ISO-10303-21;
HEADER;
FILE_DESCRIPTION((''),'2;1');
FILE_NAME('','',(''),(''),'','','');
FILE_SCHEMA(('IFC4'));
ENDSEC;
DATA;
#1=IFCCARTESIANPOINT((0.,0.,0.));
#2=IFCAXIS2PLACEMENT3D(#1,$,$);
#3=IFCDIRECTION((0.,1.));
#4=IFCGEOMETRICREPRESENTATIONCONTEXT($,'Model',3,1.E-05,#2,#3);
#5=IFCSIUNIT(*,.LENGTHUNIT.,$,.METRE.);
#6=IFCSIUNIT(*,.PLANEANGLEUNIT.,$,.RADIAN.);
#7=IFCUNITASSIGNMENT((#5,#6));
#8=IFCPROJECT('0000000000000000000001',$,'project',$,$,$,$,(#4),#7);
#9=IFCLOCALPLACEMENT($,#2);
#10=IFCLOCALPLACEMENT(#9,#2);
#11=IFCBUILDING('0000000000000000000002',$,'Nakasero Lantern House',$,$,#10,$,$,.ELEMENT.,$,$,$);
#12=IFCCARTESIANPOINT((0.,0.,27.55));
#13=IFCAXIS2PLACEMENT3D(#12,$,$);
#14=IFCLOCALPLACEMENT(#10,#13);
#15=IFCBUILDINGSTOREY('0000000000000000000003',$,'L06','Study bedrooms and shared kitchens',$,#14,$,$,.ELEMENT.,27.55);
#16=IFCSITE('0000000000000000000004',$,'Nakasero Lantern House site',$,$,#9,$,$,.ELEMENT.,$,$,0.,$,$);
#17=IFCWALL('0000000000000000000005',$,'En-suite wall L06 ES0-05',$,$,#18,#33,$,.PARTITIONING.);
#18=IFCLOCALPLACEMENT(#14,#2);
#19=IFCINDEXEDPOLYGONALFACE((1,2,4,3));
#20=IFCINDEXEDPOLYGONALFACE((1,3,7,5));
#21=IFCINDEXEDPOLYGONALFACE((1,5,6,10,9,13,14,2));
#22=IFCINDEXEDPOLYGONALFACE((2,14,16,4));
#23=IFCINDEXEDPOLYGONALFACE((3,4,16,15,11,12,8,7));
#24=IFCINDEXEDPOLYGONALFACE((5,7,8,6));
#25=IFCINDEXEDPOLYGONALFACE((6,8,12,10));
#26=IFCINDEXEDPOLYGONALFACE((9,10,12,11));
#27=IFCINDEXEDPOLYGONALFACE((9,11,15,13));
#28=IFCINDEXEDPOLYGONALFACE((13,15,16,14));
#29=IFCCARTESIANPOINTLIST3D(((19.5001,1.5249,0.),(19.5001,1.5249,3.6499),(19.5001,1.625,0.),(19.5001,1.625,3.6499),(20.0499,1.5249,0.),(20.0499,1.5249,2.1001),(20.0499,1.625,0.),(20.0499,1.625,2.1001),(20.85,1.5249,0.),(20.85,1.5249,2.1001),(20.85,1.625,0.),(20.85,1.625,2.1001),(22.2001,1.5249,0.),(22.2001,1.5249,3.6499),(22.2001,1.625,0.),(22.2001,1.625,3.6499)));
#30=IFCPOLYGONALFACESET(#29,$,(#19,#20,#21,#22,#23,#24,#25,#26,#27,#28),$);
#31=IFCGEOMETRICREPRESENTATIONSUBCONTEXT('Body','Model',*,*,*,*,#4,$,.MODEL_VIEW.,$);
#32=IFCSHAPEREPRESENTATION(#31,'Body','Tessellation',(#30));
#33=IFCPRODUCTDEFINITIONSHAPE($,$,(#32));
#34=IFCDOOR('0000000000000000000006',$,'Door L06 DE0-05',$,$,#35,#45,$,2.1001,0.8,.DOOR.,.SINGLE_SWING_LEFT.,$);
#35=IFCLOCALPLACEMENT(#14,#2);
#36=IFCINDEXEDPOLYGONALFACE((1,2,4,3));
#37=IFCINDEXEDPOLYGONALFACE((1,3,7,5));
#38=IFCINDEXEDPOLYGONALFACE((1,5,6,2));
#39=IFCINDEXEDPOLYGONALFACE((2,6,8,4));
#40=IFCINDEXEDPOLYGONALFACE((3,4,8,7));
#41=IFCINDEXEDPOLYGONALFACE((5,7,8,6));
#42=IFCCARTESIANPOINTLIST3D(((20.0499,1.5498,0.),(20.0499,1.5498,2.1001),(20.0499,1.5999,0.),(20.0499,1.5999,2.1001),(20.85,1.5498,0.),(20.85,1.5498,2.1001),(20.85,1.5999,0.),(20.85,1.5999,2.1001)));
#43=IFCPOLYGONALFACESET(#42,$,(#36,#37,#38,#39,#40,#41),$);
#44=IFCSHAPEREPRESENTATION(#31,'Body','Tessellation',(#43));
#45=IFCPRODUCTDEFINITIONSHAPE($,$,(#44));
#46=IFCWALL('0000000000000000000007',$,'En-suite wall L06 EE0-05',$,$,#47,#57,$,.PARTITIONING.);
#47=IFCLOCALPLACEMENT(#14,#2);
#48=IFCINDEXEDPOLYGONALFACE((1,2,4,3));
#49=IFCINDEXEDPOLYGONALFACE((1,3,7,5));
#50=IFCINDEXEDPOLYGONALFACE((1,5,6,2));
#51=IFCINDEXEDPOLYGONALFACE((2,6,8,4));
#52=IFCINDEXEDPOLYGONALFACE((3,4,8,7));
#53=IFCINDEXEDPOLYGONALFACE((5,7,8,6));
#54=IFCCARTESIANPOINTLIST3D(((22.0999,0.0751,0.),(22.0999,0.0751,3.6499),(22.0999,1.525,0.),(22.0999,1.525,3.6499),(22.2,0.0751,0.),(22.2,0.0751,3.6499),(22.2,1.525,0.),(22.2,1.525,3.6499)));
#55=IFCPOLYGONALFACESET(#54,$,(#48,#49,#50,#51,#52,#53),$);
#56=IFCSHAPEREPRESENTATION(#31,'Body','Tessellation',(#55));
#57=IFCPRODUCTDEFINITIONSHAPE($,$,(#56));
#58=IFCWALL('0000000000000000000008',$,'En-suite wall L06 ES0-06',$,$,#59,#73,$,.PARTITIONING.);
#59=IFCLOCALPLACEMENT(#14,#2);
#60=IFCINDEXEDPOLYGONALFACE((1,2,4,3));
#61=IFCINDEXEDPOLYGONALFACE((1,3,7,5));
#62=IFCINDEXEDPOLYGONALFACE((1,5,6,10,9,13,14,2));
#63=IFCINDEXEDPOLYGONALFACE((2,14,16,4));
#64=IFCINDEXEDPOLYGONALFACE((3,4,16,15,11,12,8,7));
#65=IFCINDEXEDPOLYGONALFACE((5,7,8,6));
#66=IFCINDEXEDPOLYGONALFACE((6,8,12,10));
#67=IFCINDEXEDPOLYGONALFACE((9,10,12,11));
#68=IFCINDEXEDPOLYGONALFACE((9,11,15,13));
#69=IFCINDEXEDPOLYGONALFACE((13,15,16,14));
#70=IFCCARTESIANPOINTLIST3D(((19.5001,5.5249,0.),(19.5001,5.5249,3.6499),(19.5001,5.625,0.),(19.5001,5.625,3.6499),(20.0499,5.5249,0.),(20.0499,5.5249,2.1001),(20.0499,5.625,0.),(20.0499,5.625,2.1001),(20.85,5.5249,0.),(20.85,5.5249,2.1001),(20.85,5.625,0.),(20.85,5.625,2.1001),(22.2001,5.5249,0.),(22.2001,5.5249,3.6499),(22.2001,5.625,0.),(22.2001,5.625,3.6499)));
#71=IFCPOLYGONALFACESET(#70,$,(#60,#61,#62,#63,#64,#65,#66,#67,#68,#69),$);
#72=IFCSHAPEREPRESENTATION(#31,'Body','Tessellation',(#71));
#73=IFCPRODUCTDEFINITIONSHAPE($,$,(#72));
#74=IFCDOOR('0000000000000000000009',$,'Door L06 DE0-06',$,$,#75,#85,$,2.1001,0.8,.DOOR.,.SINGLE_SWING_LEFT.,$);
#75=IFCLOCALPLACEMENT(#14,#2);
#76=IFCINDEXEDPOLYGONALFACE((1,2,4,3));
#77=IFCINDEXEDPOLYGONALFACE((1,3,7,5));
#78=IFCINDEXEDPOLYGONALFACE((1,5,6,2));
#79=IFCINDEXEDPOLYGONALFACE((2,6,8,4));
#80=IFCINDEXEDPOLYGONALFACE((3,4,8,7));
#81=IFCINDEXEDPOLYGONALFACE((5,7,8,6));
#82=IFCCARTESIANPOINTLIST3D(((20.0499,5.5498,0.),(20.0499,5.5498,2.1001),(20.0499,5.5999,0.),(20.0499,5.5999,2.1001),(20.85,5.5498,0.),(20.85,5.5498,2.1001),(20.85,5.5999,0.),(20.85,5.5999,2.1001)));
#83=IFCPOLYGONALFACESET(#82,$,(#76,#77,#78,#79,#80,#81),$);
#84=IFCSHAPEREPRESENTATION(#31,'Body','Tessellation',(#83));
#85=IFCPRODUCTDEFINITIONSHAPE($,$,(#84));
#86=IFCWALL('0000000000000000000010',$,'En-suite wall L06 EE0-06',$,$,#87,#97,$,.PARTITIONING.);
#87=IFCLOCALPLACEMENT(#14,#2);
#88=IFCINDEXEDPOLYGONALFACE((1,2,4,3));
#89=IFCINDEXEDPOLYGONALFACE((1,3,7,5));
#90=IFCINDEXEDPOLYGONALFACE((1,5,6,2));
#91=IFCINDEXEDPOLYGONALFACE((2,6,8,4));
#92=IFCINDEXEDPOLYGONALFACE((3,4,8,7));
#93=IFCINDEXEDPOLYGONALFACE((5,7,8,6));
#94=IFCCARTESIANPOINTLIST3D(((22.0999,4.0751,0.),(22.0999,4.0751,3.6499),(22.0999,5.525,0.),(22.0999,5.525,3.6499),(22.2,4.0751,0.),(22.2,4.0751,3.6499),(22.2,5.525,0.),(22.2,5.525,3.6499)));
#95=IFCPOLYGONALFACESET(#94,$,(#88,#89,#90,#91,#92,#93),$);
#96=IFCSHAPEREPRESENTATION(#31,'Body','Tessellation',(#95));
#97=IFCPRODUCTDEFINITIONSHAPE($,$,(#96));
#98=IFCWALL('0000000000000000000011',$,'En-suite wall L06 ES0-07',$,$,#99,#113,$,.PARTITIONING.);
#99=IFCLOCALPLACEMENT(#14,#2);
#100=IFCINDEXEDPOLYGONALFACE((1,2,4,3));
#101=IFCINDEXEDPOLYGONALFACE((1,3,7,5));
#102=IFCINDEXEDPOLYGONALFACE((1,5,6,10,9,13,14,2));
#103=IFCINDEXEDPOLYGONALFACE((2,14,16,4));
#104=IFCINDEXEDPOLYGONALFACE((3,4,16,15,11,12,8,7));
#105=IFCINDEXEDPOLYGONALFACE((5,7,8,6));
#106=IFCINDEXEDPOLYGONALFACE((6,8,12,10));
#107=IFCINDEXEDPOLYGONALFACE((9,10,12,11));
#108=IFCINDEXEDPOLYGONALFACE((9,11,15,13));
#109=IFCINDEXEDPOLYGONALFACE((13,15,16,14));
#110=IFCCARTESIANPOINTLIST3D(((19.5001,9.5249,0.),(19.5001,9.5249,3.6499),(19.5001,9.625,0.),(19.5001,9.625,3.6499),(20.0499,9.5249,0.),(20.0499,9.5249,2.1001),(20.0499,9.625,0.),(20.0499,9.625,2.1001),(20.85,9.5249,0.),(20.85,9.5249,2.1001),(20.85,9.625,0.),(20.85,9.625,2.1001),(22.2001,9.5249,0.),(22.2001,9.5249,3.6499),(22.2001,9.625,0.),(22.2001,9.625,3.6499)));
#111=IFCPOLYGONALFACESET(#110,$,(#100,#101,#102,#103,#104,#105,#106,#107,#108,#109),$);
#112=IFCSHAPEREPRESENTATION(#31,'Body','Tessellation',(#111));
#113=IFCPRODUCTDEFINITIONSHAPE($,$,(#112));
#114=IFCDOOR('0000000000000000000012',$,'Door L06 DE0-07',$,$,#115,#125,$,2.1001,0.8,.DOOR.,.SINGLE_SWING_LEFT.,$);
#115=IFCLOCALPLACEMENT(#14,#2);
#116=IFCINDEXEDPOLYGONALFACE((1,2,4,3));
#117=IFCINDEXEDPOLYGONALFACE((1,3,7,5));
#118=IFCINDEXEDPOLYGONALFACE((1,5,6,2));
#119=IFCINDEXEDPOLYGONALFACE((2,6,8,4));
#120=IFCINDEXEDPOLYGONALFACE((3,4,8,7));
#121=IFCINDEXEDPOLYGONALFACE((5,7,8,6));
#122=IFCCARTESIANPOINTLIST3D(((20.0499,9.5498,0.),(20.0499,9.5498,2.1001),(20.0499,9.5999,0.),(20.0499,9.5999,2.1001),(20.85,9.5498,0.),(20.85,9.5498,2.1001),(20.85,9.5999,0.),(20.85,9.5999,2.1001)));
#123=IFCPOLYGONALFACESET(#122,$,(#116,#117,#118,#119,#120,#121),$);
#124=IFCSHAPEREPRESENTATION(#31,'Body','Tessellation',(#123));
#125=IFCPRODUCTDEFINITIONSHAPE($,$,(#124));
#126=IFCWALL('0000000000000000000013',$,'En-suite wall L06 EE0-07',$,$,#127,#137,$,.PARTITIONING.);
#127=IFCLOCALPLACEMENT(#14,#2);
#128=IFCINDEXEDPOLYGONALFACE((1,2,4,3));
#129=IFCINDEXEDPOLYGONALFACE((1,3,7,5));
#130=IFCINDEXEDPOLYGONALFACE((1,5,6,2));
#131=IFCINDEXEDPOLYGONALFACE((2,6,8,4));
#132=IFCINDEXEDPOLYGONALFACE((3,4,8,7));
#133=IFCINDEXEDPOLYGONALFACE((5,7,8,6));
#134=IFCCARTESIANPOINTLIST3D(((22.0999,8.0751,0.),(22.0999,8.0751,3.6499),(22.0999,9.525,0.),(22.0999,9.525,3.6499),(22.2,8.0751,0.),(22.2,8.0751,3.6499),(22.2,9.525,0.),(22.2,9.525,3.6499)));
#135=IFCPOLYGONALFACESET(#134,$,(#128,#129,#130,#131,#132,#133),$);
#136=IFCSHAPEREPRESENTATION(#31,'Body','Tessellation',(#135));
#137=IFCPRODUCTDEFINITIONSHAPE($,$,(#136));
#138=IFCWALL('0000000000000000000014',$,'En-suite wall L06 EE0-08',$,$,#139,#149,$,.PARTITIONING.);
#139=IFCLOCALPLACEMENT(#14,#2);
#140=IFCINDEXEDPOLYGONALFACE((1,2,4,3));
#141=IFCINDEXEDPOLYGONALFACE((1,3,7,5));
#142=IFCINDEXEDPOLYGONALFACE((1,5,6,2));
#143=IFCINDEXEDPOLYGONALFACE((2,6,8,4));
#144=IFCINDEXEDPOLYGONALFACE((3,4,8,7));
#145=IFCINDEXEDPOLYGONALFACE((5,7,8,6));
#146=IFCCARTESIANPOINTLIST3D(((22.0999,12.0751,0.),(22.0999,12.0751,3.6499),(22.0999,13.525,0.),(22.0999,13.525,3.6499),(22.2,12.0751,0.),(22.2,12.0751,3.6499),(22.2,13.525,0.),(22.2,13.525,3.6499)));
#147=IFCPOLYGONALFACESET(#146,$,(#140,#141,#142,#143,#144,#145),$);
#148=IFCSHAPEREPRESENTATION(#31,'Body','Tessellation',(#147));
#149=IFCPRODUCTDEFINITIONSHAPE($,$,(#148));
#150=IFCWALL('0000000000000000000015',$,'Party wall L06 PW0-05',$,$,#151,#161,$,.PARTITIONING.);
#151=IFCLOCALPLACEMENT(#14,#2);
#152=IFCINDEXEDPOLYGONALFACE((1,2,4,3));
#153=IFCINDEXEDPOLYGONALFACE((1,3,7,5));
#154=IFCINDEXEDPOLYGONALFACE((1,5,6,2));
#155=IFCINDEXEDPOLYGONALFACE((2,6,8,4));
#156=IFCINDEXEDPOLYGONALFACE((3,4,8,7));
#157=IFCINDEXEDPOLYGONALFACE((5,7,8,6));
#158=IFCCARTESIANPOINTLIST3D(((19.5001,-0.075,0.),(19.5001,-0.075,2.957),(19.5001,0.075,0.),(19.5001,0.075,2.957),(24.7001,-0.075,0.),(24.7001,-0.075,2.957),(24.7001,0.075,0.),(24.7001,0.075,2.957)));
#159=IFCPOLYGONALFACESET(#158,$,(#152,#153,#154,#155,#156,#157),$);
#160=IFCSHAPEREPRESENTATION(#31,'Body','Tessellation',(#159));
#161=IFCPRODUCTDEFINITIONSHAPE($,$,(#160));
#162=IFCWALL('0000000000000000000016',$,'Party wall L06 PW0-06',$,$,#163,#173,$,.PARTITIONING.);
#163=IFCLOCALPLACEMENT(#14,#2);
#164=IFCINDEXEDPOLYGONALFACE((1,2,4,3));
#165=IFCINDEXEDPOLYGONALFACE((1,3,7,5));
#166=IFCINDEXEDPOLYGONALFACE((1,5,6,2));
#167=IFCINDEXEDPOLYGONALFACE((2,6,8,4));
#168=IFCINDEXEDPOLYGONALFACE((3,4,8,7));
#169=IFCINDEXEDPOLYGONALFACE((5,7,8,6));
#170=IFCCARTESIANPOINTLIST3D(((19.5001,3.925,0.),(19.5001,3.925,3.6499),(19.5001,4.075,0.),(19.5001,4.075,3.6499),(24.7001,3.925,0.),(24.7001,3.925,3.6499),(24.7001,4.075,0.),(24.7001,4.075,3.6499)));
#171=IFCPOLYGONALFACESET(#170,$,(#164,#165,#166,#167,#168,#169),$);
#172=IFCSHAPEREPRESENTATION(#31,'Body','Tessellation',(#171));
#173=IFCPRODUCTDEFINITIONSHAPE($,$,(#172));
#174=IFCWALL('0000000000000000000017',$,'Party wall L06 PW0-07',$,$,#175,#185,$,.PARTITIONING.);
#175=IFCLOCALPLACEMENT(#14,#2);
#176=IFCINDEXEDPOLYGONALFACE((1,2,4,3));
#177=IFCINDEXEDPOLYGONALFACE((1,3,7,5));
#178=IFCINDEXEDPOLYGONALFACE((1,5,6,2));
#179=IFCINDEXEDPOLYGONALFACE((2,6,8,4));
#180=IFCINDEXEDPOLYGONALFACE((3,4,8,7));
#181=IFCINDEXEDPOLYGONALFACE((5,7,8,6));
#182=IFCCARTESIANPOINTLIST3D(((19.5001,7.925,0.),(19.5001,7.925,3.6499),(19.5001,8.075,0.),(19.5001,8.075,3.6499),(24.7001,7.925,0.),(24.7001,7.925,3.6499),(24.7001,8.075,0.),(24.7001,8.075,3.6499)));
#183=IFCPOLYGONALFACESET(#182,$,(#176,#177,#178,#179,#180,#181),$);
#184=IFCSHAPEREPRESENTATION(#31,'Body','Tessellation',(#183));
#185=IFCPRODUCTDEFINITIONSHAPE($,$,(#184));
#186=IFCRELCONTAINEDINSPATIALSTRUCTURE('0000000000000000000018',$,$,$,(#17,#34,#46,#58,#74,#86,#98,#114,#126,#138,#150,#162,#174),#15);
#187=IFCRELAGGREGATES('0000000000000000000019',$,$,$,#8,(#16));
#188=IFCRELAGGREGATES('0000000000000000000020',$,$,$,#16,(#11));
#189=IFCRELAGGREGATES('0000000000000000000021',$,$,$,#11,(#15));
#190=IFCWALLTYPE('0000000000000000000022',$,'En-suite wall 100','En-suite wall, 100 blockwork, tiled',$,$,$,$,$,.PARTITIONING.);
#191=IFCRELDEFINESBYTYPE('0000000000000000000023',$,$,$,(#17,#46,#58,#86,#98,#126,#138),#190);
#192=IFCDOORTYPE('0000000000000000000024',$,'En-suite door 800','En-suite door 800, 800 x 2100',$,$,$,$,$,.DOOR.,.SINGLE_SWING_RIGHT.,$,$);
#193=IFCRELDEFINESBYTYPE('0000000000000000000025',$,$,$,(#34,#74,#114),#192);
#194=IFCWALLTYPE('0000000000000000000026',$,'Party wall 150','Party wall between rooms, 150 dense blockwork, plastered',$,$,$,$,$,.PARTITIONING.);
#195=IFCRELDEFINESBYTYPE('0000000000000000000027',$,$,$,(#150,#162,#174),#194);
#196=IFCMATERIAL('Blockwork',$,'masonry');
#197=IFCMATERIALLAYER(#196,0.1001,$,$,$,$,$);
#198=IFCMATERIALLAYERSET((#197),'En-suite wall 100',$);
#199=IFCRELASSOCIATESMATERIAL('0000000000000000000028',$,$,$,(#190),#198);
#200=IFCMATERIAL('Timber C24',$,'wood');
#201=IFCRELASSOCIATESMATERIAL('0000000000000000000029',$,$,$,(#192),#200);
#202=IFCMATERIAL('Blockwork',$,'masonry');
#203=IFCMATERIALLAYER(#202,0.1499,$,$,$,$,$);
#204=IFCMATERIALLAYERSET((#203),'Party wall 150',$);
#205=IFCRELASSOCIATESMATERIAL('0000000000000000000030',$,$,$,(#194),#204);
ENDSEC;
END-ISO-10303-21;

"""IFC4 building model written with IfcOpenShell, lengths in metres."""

from ifc_helpers import new_model, si_unit, direction, frame, frame_2d, origin, place, context, subcontext, project, spatial, rectangle, extrude, material, layer, layer_set, type_object, element, fill, save


model = new_model("IFC4")

# Units and contexts
model_context = context("Model", 3, precision=1e-05, world=origin(), true_north=direction((0.0, 1.0)))
body_context = subcontext(model_context, "Body", "Model", "MODEL_VIEW")
ifc_project = project(units=[si_unit("LENGTHUNIT", "METRE"), si_unit("PLANEANGLEUNIT", "RADIAN")], contexts=[model_context])

# Site, building, storey
site_placement = place(None, origin())
site = spatial("IfcSite", under=ifc_project, at=site_placement, Name="Nakasero Lantern House site", CompositionType="ELEMENT", RefElevation=0.0)
building_placement = place(site_placement, origin())
building = spatial("IfcBuilding", under=site, at=building_placement, Name="Nakasero Lantern House", CompositionType="ELEMENT")
storey_placement = place(building_placement, frame((0.0, 0.0, 27.55)))
storey = spatial("IfcBuildingStorey", under=building, at=storey_placement, Name="L06", Description="Study bedrooms and shared kitchens", CompositionType="ELEMENT", Elevation=27.55)

# Wall, opening, door
ifc_material_1 = material(Name="Blockwork", Category="masonry")
ifc_layer_1 = layer(ifc_material_1, 0.1001)
ifc_layer_set_1 = layer_set([ifc_layer_1], Name="En-suite wall 100")
wall_type_1 = type_object("IfcWallType", Name="En-suite wall 100", Description="En-suite wall, 100 blockwork, tiled", PredefinedType="PARTITIONING", material=ifc_layer_set_1)
wall_1_placement = place(storey_placement, frame((19.5, 1.575, 0.0), z_axis=(0.0, 0.0, 1.0), x_axis=(1.0, 0.0, 0.0)))
wall_1 = element("IfcWall", 1, at=wall_1_placement, inside=storey, type_object=wall_type_1, Name="En-suite wall L06 ES0-05", PredefinedType="PARTITIONING", context=body_context, shape_type="SweptSolid", body=[
    extrude(rectangle(XDim=2.7, YDim=0.1001, at=frame_2d((1.3501, 0.0))), origin(), (0.0, 0.0, 1.0), 3.6499),
])
opening_1_placement = place(wall_1_placement, frame((0.55, 0.0, 0.0)))
opening_1 = element("IfcOpeningElement", 2, at=opening_1_placement, cuts=wall_1, PredefinedType="OPENING", context=body_context, shape_type="SweptSolid", body=[
    extrude(rectangle(XDim=0.8, YDim=2.1001, at=frame_2d((0.3999, 1.05))), frame((0.0, 0.0701, 0.0), z_axis=(0.0, -1.0, 0.0), x_axis=(1.0, 0.0, 0.0)), (0.0, 0.0, 1.0), 0.1401),
])
ifc_material_2 = material(Name="Timber C24", Category="wood")
door_type = type_object("IfcDoorType", Name="En-suite door 800", Description="En-suite door 800, 800 x 2100", OperationType="SINGLE_SWING_RIGHT", PredefinedType="DOOR", material=ifc_material_2)
door_1_placement = place(opening_1_placement, origin())
door_1 = element("IfcDoor", 3, at=door_1_placement, inside=storey, type_object=door_type, Name="Door L06 DE0-05", OperationType="SINGLE_SWING_LEFT", OverallHeight=2.1001, OverallWidth=0.8, PredefinedType="DOOR", context=body_context, shape_type="SweptSolid", body=[
    extrude(rectangle(XDim=0.8, YDim=2.1001, at=frame_2d((0.3999, 1.05))), frame((0.0, 0.0249, 0.0), z_axis=(0.0, -1.0, 0.0), x_axis=(1.0, 0.0, 0.0)), (0.0, 0.0, 1.0), 0.05),
])
fill(opening_1, door_1)

# Wall
wall_2_placement = place(storey_placement, frame((22.1499, 0.075, 0.0), z_axis=(0.0, 0.0, 1.0), x_axis=(0.0, 1.0, 0.0)))
element("IfcWall", 4, at=wall_2_placement, inside=storey, type_object=wall_type_1, Name="En-suite wall L06 EE0-05", PredefinedType="PARTITIONING", context=body_context, shape_type="SweptSolid", body=[
    extrude(rectangle(XDim=1.45, YDim=0.1001, at=frame_2d((0.7251, 0.0))), origin(), (0.0, 0.0, 1.0), 3.6499),
])

# Wall, opening, door
wall_3_placement = place(storey_placement, frame((19.5, 5.575, 0.0), z_axis=(0.0, 0.0, 1.0), x_axis=(1.0, 0.0, 0.0)))
wall_3 = element("IfcWall", 5, at=wall_3_placement, inside=storey, type_object=wall_type_1, Name="En-suite wall L06 ES0-06", PredefinedType="PARTITIONING", context=body_context, shape_type="SweptSolid", body=[
    extrude(rectangle(XDim=2.7, YDim=0.1001, at=frame_2d((1.3501, 0.0))), origin(), (0.0, 0.0, 1.0), 3.6499),
])
opening_2_placement = place(wall_3_placement, frame((0.55, 0.0, 0.0)))
opening_2 = element("IfcOpeningElement", 6, at=opening_2_placement, cuts=wall_3, PredefinedType="OPENING", context=body_context, shape_type="SweptSolid", body=[
    extrude(rectangle(XDim=0.8, YDim=2.1001, at=frame_2d((0.3999, 1.05))), frame((0.0, 0.0701, 0.0), z_axis=(0.0, -1.0, 0.0), x_axis=(1.0, 0.0, 0.0)), (0.0, 0.0, 1.0), 0.1401),
])
door_2_placement = place(opening_2_placement, origin())
door_2 = element("IfcDoor", 7, at=door_2_placement, inside=storey, type_object=door_type, Name="Door L06 DE0-06", OperationType="SINGLE_SWING_LEFT", OverallHeight=2.1001, OverallWidth=0.8, PredefinedType="DOOR", context=body_context, shape_type="SweptSolid", body=[
    extrude(rectangle(XDim=0.8, YDim=2.1001, at=frame_2d((0.3999, 1.05))), frame((0.0, 0.0249, 0.0), z_axis=(0.0, -1.0, 0.0), x_axis=(1.0, 0.0, 0.0)), (0.0, 0.0, 1.0), 0.05),
])
fill(opening_2, door_2)

# Wall
wall_4_placement = place(storey_placement, frame((22.1499, 4.075, 0.0), z_axis=(0.0, 0.0, 1.0), x_axis=(0.0, 1.0, 0.0)))
element("IfcWall", 8, at=wall_4_placement, inside=storey, type_object=wall_type_1, Name="En-suite wall L06 EE0-06", PredefinedType="PARTITIONING", context=body_context, shape_type="SweptSolid", body=[
    extrude(rectangle(XDim=1.45, YDim=0.1001, at=frame_2d((0.7251, 0.0))), origin(), (0.0, 0.0, 1.0), 3.6499),
])

# Wall, opening, door
wall_5_placement = place(storey_placement, frame((19.5, 9.575, 0.0), z_axis=(0.0, 0.0, 1.0), x_axis=(1.0, 0.0, 0.0)))
wall_5 = element("IfcWall", 9, at=wall_5_placement, inside=storey, type_object=wall_type_1, Name="En-suite wall L06 ES0-07", PredefinedType="PARTITIONING", context=body_context, shape_type="SweptSolid", body=[
    extrude(rectangle(XDim=2.7, YDim=0.1001, at=frame_2d((1.3501, 0.0))), origin(), (0.0, 0.0, 1.0), 3.6499),
])
opening_3_placement = place(wall_5_placement, frame((0.55, 0.0, 0.0)))
opening_3 = element("IfcOpeningElement", 10, at=opening_3_placement, cuts=wall_5, PredefinedType="OPENING", context=body_context, shape_type="SweptSolid", body=[
    extrude(rectangle(XDim=0.8, YDim=2.1001, at=frame_2d((0.3999, 1.05))), frame((0.0, 0.0701, 0.0), z_axis=(0.0, -1.0, 0.0), x_axis=(1.0, 0.0, 0.0)), (0.0, 0.0, 1.0), 0.1401),
])
door_3_placement = place(opening_3_placement, origin())
door_3 = element("IfcDoor", 11, at=door_3_placement, inside=storey, type_object=door_type, Name="Door L06 DE0-07", OperationType="SINGLE_SWING_LEFT", OverallHeight=2.1001, OverallWidth=0.8, PredefinedType="DOOR", context=body_context, shape_type="SweptSolid", body=[
    extrude(rectangle(XDim=0.8, YDim=2.1001, at=frame_2d((0.3999, 1.05))), frame((0.0, 0.0249, 0.0), z_axis=(0.0, -1.0, 0.0), x_axis=(1.0, 0.0, 0.0)), (0.0, 0.0, 1.0), 0.05),
])
fill(opening_3, door_3)

# Walls
for number, where, z_axis, x_axis, name in (
    (12, (22.1499, 8.075, 0.0), (0.0, 0.0, 1.0), (0.0, 1.0, 0.0), "En-suite wall L06 EE0-07"),
    (13, (22.1499, 12.075, 0.0), (0.0, 0.0, 1.0), (0.0, 1.0, 0.0), "En-suite wall L06 EE0-08"),
):
    element("IfcWall", number, at=place(storey_placement, frame(where, z_axis=z_axis, x_axis=x_axis)), inside=storey, type_object=wall_type_1, Name=name, PredefinedType="PARTITIONING", context=body_context, shape_type="SweptSolid", body=[
        extrude(rectangle(XDim=1.45, YDim=0.1001, at=frame_2d((0.7251, 0.0))), origin(), (0.0, 0.0, 1.0), 3.6499),
    ])
ifc_material_3 = material(Name="Blockwork", Category="masonry")
ifc_layer_2 = layer(ifc_material_3, 0.1499)
ifc_layer_set_2 = layer_set([ifc_layer_2], Name="Party wall 150")
wall_type_2 = type_object("IfcWallType", Name="Party wall 150", Description="Party wall between rooms, 150 dense blockwork, plastered", PredefinedType="PARTITIONING", material=ifc_layer_set_2)
wall_6_placement = place(storey_placement, frame((19.5, 0.0, 0.0), z_axis=(0.0, 0.0, 1.0), x_axis=(1.0, 0.0, 0.0)))
element("IfcWall", 14, at=wall_6_placement, inside=storey, type_object=wall_type_2, Name="Party wall L06 PW0-05", PredefinedType="PARTITIONING", context=body_context, shape_type="SweptSolid", body=[
    extrude(rectangle(XDim=5.2, YDim=0.1499, at=frame_2d((2.6001, 0.0))), origin(), (0.0, 0.0, 1.0), 2.957),
])
for number, where, z_axis, x_axis, name in (
    (15, (19.5, 4.0, 0.0), (0.0, 0.0, 1.0), (1.0, 0.0, 0.0), "Party wall L06 PW0-06"),
    (16, (19.5, 8.0, 0.0), (0.0, 0.0, 1.0), (1.0, 0.0, 0.0), "Party wall L06 PW0-07"),
):
    element("IfcWall", number, at=place(storey_placement, frame(where, z_axis=z_axis, x_axis=x_axis)), inside=storey, type_object=wall_type_2, Name=name, PredefinedType="PARTITIONING", context=body_context, shape_type="SweptSolid", body=[
        extrude(rectangle(XDim=5.2, YDim=0.1499, at=frame_2d((2.6001, 0.0))), origin(), (0.0, 0.0, 1.0), 3.6499),
    ])

save(model, "model.ifc")
